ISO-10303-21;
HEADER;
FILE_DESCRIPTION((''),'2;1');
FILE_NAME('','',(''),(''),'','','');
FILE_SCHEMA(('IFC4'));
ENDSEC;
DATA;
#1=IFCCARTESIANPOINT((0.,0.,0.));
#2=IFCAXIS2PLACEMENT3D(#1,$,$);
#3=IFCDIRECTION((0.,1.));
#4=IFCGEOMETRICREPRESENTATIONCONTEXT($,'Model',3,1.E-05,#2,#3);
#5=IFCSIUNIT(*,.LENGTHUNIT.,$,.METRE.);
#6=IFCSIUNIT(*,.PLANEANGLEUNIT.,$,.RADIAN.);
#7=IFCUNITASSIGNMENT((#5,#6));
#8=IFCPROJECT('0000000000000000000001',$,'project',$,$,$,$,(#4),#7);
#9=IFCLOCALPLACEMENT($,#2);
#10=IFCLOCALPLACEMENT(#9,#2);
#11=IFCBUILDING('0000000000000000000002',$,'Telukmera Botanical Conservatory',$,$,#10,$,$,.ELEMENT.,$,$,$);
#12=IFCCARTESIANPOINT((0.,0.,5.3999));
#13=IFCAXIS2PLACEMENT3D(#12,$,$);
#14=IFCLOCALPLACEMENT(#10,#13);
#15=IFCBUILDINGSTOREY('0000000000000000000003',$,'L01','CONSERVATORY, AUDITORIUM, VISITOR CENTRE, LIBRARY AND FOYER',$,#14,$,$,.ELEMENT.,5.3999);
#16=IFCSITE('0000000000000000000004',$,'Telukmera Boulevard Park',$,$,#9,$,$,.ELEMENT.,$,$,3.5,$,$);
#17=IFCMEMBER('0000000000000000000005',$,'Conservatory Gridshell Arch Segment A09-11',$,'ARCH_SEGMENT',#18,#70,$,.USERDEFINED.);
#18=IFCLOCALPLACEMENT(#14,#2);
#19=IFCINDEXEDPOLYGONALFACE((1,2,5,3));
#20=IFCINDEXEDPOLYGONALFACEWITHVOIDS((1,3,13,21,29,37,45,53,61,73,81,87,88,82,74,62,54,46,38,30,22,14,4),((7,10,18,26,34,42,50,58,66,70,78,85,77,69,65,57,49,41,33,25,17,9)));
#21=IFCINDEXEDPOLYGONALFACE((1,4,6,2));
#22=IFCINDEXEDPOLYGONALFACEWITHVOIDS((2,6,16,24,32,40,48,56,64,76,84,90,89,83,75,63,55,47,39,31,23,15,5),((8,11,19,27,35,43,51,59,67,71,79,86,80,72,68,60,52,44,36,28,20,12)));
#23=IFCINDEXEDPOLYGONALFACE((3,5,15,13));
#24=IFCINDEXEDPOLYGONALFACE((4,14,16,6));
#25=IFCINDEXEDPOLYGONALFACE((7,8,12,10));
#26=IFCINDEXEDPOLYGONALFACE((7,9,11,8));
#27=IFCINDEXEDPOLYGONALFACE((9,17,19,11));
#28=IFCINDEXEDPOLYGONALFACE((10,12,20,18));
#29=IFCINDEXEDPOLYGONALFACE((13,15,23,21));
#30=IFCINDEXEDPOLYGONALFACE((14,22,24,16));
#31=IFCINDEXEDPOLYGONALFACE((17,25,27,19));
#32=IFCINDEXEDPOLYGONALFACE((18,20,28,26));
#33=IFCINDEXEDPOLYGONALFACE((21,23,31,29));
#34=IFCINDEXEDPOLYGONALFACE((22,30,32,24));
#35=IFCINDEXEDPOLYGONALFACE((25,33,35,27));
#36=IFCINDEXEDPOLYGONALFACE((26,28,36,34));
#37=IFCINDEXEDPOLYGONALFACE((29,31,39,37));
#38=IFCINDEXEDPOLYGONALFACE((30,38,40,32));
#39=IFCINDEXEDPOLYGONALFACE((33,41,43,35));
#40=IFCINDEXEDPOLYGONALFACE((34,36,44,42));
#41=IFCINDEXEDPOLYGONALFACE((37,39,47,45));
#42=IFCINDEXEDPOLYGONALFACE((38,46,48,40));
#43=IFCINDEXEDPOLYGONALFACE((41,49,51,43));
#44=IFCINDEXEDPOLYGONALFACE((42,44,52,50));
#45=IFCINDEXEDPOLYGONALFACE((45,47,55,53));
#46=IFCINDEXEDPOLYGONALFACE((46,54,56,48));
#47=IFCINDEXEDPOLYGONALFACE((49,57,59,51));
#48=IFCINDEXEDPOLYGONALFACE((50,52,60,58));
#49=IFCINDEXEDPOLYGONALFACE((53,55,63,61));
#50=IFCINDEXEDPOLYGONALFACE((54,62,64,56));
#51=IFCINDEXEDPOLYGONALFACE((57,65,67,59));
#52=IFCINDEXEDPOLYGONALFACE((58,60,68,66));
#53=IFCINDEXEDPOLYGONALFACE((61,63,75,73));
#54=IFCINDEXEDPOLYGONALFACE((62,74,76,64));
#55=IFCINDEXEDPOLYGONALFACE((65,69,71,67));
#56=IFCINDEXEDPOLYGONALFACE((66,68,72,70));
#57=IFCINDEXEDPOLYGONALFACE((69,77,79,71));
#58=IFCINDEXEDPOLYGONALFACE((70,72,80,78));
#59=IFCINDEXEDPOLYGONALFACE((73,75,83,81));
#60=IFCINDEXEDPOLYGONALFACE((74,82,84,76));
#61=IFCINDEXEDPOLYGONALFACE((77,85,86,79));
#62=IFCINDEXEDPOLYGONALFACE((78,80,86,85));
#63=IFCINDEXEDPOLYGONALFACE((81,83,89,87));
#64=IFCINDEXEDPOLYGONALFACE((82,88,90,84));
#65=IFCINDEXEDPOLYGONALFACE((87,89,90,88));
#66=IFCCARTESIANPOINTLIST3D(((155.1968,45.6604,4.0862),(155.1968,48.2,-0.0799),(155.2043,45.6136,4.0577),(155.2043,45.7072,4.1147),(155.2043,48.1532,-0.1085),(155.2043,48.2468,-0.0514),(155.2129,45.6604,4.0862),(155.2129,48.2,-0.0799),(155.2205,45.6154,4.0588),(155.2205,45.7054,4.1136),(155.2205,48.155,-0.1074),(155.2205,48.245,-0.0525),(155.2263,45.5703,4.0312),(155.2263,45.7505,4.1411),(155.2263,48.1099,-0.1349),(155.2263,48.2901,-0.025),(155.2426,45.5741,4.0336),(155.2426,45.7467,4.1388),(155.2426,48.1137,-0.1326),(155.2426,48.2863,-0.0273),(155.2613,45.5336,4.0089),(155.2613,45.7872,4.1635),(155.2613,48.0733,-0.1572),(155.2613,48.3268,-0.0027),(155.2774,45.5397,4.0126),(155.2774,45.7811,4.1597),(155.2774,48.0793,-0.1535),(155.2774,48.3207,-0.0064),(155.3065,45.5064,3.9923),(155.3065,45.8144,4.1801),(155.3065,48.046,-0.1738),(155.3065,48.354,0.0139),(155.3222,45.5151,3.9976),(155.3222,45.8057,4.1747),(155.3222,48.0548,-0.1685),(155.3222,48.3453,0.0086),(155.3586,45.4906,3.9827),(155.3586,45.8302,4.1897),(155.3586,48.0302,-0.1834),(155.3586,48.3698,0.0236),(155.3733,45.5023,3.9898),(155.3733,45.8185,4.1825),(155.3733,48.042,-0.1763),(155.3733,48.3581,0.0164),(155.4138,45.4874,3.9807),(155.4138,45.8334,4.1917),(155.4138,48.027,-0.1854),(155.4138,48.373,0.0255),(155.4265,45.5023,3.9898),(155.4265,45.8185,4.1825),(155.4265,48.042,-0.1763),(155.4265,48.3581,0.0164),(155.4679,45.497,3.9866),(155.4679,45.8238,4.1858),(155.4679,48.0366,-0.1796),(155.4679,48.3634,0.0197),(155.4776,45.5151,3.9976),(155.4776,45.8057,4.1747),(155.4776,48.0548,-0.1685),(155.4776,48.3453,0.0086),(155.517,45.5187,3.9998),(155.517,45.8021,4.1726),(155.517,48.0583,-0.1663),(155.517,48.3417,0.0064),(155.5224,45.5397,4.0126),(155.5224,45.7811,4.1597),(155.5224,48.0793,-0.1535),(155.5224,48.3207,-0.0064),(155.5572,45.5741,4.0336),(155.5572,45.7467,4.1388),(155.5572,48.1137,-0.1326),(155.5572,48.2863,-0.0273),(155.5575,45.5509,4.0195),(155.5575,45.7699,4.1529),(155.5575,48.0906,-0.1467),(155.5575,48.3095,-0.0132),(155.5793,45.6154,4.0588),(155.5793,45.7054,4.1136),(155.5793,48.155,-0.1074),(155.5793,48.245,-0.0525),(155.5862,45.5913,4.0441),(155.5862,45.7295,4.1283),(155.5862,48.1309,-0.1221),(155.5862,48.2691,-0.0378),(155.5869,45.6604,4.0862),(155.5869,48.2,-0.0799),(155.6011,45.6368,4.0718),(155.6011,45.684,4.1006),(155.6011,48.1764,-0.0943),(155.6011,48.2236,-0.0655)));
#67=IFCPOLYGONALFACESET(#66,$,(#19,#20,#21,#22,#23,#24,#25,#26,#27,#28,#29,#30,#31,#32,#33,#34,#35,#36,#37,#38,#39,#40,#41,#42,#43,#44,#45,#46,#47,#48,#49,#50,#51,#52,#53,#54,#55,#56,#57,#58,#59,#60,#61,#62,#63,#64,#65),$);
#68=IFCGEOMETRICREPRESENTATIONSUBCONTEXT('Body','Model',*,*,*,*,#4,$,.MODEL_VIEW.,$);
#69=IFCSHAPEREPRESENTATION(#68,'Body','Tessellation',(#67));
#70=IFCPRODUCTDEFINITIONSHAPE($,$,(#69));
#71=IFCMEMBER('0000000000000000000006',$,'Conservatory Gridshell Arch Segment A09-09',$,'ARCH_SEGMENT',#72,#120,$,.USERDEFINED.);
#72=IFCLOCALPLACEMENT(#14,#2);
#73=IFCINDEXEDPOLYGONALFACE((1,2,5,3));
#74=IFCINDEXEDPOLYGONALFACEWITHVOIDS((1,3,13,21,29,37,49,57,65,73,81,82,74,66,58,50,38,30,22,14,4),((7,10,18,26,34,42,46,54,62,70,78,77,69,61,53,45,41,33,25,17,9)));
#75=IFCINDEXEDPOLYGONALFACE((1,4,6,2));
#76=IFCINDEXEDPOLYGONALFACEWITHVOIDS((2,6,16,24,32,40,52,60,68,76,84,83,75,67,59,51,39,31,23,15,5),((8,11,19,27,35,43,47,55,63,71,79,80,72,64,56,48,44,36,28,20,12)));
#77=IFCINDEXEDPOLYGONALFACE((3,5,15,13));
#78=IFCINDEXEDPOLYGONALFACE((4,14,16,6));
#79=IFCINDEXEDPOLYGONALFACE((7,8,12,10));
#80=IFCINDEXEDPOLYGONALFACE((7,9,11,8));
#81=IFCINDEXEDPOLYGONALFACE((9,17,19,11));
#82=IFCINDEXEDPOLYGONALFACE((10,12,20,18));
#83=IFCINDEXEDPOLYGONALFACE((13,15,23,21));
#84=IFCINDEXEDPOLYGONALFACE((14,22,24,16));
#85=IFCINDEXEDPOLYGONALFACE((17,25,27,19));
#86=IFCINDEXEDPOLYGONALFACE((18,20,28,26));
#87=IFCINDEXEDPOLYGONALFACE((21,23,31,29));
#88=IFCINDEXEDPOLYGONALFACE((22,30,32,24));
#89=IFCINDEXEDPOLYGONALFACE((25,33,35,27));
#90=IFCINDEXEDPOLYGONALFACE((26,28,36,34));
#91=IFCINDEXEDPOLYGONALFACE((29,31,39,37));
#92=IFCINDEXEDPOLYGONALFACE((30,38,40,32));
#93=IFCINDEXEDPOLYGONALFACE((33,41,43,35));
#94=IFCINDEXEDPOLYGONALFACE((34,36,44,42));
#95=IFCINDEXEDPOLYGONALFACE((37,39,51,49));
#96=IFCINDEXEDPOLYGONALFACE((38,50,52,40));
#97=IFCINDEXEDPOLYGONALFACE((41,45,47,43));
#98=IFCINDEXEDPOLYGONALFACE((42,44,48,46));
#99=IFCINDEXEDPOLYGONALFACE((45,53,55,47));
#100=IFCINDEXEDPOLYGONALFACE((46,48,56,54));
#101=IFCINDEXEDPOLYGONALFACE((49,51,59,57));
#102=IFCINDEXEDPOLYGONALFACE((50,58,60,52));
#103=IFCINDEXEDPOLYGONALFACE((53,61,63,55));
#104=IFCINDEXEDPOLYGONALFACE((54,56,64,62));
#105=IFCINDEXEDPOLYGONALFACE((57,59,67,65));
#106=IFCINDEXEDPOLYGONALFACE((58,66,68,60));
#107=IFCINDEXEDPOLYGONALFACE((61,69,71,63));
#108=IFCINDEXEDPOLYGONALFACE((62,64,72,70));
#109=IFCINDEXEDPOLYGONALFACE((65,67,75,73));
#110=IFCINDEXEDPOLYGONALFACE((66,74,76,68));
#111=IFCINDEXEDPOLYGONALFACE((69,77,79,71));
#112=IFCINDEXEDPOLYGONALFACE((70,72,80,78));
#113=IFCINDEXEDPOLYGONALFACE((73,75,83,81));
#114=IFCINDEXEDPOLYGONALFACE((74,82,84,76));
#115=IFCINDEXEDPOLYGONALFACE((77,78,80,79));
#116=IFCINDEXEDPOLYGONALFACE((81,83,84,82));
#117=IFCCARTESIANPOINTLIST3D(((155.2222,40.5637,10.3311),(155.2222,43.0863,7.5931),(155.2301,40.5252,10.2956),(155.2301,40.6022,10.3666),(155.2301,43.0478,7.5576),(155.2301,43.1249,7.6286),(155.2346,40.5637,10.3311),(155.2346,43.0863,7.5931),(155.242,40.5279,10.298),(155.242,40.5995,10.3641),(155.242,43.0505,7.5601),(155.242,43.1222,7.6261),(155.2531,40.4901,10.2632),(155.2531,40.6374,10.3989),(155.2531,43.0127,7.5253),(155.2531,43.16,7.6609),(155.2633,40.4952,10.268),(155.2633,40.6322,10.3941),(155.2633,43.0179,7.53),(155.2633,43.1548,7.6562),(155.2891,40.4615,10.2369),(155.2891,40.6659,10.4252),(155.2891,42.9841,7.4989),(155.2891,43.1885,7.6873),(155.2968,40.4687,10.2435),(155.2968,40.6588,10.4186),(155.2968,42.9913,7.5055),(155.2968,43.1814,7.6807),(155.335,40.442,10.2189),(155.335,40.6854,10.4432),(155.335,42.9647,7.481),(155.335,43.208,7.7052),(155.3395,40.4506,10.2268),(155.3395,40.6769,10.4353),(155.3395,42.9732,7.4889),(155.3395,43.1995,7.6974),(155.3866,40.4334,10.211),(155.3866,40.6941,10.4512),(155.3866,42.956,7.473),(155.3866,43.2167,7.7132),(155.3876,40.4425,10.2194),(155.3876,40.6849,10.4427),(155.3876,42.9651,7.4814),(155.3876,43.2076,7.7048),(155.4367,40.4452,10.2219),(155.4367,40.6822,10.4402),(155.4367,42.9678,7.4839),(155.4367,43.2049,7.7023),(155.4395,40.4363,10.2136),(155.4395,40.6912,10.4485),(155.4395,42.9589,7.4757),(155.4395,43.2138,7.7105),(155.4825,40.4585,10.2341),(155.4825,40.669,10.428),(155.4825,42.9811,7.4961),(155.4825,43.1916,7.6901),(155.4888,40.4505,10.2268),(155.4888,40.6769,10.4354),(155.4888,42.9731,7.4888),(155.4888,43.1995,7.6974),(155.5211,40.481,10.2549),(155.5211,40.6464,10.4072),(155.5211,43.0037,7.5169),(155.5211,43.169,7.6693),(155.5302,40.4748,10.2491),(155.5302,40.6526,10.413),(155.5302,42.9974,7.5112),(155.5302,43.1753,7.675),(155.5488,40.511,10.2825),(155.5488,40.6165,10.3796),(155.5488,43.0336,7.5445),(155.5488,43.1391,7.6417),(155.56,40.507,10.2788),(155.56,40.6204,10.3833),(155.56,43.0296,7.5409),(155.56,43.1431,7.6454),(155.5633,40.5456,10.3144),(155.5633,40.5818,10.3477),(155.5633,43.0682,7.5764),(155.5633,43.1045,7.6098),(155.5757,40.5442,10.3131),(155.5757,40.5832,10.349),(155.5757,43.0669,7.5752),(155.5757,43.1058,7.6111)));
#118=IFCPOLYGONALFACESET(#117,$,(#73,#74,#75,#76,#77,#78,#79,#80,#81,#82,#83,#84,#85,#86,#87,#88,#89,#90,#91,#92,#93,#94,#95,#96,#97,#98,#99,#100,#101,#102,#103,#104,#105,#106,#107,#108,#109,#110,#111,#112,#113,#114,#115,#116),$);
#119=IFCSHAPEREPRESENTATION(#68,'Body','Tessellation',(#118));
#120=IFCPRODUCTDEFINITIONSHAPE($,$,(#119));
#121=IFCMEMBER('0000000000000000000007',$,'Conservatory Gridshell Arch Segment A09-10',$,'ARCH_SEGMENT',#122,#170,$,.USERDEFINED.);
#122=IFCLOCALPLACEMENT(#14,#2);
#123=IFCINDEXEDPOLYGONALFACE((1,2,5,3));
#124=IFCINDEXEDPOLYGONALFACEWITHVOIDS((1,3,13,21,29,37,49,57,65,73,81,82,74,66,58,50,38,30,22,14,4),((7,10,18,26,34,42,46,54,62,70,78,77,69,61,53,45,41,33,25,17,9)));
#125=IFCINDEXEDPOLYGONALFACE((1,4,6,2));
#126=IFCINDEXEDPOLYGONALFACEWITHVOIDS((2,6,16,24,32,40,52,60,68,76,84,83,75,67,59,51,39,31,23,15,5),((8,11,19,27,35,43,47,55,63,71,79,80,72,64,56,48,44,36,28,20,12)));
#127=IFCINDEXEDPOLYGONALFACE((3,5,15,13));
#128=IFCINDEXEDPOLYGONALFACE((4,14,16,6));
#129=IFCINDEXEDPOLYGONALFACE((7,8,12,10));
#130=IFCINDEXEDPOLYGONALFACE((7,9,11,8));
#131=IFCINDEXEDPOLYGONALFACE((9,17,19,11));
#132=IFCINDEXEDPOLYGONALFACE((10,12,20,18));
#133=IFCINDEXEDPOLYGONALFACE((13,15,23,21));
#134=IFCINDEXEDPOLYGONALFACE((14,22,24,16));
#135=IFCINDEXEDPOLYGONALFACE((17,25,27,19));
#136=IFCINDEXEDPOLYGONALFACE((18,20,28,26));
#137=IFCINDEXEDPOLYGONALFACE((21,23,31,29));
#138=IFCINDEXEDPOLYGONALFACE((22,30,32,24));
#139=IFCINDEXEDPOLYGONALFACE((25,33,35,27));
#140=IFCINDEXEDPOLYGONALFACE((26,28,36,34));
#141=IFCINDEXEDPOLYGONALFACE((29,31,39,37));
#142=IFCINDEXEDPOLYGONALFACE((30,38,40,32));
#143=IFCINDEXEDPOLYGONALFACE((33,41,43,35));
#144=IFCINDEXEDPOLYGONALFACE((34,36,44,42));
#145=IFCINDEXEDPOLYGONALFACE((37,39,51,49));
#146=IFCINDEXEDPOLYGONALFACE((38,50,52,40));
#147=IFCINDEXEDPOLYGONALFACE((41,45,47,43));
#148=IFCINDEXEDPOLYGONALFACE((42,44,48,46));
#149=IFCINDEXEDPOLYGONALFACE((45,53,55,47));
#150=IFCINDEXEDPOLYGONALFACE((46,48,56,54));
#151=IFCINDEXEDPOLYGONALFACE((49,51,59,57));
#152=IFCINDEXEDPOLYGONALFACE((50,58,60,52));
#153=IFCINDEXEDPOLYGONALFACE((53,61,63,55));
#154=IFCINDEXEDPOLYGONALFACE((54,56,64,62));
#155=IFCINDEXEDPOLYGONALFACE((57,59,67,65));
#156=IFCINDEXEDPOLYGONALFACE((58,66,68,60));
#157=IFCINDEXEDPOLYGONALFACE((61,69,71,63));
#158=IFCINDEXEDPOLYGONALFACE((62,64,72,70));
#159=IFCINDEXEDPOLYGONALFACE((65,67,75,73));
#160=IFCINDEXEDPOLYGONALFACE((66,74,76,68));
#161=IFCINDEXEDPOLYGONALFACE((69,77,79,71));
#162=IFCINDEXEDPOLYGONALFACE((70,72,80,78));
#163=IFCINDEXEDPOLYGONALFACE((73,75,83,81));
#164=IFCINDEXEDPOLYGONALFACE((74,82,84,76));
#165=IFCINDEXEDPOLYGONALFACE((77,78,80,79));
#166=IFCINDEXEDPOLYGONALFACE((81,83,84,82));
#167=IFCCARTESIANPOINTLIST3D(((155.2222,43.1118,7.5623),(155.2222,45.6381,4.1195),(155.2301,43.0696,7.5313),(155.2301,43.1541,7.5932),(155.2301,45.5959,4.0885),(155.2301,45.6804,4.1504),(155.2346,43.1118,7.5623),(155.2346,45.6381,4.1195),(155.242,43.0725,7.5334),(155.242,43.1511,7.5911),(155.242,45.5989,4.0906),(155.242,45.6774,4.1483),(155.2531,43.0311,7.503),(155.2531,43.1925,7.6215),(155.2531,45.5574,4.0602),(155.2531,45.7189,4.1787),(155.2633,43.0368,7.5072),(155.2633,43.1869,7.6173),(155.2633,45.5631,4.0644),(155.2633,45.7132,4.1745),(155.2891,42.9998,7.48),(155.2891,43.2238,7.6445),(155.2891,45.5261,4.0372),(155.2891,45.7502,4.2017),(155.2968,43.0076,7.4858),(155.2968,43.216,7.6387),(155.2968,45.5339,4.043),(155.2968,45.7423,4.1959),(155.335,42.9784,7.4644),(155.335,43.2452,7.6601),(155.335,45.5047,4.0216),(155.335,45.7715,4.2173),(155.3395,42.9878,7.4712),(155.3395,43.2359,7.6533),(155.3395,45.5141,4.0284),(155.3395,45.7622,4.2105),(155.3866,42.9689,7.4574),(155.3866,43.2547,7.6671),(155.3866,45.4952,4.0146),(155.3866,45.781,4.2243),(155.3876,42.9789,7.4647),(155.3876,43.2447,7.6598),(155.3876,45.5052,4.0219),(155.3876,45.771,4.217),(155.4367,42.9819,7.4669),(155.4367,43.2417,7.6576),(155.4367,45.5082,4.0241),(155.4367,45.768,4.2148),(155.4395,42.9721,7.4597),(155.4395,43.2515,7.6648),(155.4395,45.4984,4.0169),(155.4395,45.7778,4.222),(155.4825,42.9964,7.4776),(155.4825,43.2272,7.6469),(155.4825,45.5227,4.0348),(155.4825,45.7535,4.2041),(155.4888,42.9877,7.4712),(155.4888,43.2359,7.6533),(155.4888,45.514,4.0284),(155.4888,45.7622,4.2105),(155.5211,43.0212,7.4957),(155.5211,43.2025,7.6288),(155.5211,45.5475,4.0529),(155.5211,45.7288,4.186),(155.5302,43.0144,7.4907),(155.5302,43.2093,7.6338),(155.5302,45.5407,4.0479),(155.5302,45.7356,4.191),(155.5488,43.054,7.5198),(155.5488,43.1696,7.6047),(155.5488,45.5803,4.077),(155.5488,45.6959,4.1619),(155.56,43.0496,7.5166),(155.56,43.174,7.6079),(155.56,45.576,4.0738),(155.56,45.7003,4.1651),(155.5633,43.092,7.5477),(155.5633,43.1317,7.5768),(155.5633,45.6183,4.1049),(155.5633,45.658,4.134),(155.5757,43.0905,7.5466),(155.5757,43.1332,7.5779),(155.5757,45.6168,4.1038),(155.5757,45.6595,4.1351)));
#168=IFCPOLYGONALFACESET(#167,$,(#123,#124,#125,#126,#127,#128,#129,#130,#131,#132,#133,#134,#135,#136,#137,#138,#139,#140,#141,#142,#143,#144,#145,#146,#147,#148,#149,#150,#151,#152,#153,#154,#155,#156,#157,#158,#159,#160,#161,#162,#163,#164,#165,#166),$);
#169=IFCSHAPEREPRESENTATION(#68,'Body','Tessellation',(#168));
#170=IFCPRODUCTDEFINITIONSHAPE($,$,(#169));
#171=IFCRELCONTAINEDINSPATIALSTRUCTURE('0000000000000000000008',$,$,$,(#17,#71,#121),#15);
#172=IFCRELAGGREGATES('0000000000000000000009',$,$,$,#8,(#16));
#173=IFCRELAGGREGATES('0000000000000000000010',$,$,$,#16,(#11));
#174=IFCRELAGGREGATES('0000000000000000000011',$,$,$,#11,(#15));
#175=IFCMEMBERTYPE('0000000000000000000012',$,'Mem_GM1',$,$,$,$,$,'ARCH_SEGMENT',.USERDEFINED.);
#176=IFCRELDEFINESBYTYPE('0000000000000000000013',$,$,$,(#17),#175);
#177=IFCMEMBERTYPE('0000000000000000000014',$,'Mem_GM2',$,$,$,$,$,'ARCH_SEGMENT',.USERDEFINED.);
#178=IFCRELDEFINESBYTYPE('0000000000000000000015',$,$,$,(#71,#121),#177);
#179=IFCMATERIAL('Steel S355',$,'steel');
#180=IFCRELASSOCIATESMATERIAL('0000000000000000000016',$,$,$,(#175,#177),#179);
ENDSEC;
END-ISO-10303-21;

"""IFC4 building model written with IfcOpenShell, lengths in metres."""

from ifc_helpers import new_model, si_unit, direction, frame, origin, origin_2d, place, context, subcontext, project, spatial, hollow_circle, extrude, material, material_profile, profile_set, type_object, element, save


model = new_model("IFC4")

# Units and contexts
model_context = context("Model", 3, precision=1e-05, world=origin(), true_north=direction((0.0, 1.0)))
body_context = subcontext(model_context, "Body", "Model", "MODEL_VIEW")
ifc_project = project(units=[si_unit("LENGTHUNIT", "METRE"), si_unit("PLANEANGLEUNIT", "RADIAN")], contexts=[model_context])

# Site, building, storey
site_placement = place(None, origin())
site = spatial("IfcSite", under=ifc_project, at=site_placement, Name="Telukmera Boulevard Park", CompositionType="ELEMENT", RefElevation=3.5)
building_placement = place(site_placement, origin())
building = spatial("IfcBuilding", under=site, at=building_placement, Name="Telukmera Botanical Conservatory", CompositionType="ELEMENT")
storey_placement = place(building_placement, frame((0.0, 0.0, 5.3999)))
storey = spatial("IfcBuildingStorey", under=building, at=storey_placement, Name="L01", Description="CONSERVATORY, AUDITORIUM, VISITOR CENTRE, LIBRARY AND FOYER", CompositionType="ELEMENT", Elevation=5.3999)

# Shared definitions
ifc_material_1 = material(Name="Steel S355", Category="steel")

# Members
ifc_material_profile_1 = material_profile(ifc_material_1, hollow_circle(Radius=0.2031, WallThickness=0.0161, at=origin_2d()), Name="CHS 406.4x16.0")
ifc_profile_set_1 = profile_set([ifc_material_profile_1], Name="Steel S355")
member_type_1 = type_object("IfcMemberType", Name="Mem_GM1", ElementType="ARCH_SEGMENT", PredefinedType="USERDEFINED", material=ifc_profile_set_1)
member_1_placement = place(storey_placement, frame((155.3999, 45.6604, 4.0862), z_axis=(0.0, 0.520502, -0.85386), x_axis=(-1.0, 0.0, 0.0)))
element("IfcMember", 1, at=member_1_placement, inside=storey, type_object=member_type_1, Name="Conservatory Gridshell Arch Segment A09-11", ObjectType="ARCH_SEGMENT", PredefinedType="USERDEFINED", context=body_context, shape_type="SweptSolid", body=[
    extrude(hollow_circle(Radius=0.2031, WallThickness=0.0161, at=origin_2d()), origin(), (0.0, 0.0, 1.0), 4.8792),
])
ifc_material_profile_2 = material_profile(ifc_material_1, hollow_circle(Radius=0.1777, WallThickness=0.0125, at=origin_2d()), Name="CHS 355.6x12.5")
ifc_profile_set_2 = profile_set([ifc_material_profile_2], Name="Steel S355")
member_type_2 = type_object("IfcMemberType", Name="Mem_GM2", ElementType="ARCH_SEGMENT", PredefinedType="USERDEFINED", material=ifc_profile_set_2)
member_2_placement = place(storey_placement, frame((155.3999, 40.5637, 10.3311), z_axis=(0.0, 0.677596, -0.735434), x_axis=(-1.0, 0.0, 0.0)))
element("IfcMember", 2, at=member_2_placement, inside=storey, type_object=member_type_2, Name="Conservatory Gridshell Arch Segment A09-09", ObjectType="ARCH_SEGMENT", PredefinedType="USERDEFINED", context=body_context, shape_type="SweptSolid", body=[
    extrude(hollow_circle(Radius=0.1777, WallThickness=0.0125, at=origin_2d()), origin(), (0.0, 0.0, 1.0), 3.7229),
])
member_3_placement = place(storey_placement, frame((155.3999, 43.1118, 7.5623), z_axis=(0.0, 0.591607, -0.806227), x_axis=(-1.0, 0.0, 0.0)))
element("IfcMember", 3, at=member_3_placement, inside=storey, type_object=member_type_2, Name="Conservatory Gridshell Arch Segment A09-10", ObjectType="ARCH_SEGMENT", PredefinedType="USERDEFINED", context=body_context, shape_type="SweptSolid", body=[
    extrude(hollow_circle(Radius=0.1777, WallThickness=0.0125, at=origin_2d()), origin(), (0.0, 0.0, 1.0), 4.2703),
])

save(model, "model.ifc")
